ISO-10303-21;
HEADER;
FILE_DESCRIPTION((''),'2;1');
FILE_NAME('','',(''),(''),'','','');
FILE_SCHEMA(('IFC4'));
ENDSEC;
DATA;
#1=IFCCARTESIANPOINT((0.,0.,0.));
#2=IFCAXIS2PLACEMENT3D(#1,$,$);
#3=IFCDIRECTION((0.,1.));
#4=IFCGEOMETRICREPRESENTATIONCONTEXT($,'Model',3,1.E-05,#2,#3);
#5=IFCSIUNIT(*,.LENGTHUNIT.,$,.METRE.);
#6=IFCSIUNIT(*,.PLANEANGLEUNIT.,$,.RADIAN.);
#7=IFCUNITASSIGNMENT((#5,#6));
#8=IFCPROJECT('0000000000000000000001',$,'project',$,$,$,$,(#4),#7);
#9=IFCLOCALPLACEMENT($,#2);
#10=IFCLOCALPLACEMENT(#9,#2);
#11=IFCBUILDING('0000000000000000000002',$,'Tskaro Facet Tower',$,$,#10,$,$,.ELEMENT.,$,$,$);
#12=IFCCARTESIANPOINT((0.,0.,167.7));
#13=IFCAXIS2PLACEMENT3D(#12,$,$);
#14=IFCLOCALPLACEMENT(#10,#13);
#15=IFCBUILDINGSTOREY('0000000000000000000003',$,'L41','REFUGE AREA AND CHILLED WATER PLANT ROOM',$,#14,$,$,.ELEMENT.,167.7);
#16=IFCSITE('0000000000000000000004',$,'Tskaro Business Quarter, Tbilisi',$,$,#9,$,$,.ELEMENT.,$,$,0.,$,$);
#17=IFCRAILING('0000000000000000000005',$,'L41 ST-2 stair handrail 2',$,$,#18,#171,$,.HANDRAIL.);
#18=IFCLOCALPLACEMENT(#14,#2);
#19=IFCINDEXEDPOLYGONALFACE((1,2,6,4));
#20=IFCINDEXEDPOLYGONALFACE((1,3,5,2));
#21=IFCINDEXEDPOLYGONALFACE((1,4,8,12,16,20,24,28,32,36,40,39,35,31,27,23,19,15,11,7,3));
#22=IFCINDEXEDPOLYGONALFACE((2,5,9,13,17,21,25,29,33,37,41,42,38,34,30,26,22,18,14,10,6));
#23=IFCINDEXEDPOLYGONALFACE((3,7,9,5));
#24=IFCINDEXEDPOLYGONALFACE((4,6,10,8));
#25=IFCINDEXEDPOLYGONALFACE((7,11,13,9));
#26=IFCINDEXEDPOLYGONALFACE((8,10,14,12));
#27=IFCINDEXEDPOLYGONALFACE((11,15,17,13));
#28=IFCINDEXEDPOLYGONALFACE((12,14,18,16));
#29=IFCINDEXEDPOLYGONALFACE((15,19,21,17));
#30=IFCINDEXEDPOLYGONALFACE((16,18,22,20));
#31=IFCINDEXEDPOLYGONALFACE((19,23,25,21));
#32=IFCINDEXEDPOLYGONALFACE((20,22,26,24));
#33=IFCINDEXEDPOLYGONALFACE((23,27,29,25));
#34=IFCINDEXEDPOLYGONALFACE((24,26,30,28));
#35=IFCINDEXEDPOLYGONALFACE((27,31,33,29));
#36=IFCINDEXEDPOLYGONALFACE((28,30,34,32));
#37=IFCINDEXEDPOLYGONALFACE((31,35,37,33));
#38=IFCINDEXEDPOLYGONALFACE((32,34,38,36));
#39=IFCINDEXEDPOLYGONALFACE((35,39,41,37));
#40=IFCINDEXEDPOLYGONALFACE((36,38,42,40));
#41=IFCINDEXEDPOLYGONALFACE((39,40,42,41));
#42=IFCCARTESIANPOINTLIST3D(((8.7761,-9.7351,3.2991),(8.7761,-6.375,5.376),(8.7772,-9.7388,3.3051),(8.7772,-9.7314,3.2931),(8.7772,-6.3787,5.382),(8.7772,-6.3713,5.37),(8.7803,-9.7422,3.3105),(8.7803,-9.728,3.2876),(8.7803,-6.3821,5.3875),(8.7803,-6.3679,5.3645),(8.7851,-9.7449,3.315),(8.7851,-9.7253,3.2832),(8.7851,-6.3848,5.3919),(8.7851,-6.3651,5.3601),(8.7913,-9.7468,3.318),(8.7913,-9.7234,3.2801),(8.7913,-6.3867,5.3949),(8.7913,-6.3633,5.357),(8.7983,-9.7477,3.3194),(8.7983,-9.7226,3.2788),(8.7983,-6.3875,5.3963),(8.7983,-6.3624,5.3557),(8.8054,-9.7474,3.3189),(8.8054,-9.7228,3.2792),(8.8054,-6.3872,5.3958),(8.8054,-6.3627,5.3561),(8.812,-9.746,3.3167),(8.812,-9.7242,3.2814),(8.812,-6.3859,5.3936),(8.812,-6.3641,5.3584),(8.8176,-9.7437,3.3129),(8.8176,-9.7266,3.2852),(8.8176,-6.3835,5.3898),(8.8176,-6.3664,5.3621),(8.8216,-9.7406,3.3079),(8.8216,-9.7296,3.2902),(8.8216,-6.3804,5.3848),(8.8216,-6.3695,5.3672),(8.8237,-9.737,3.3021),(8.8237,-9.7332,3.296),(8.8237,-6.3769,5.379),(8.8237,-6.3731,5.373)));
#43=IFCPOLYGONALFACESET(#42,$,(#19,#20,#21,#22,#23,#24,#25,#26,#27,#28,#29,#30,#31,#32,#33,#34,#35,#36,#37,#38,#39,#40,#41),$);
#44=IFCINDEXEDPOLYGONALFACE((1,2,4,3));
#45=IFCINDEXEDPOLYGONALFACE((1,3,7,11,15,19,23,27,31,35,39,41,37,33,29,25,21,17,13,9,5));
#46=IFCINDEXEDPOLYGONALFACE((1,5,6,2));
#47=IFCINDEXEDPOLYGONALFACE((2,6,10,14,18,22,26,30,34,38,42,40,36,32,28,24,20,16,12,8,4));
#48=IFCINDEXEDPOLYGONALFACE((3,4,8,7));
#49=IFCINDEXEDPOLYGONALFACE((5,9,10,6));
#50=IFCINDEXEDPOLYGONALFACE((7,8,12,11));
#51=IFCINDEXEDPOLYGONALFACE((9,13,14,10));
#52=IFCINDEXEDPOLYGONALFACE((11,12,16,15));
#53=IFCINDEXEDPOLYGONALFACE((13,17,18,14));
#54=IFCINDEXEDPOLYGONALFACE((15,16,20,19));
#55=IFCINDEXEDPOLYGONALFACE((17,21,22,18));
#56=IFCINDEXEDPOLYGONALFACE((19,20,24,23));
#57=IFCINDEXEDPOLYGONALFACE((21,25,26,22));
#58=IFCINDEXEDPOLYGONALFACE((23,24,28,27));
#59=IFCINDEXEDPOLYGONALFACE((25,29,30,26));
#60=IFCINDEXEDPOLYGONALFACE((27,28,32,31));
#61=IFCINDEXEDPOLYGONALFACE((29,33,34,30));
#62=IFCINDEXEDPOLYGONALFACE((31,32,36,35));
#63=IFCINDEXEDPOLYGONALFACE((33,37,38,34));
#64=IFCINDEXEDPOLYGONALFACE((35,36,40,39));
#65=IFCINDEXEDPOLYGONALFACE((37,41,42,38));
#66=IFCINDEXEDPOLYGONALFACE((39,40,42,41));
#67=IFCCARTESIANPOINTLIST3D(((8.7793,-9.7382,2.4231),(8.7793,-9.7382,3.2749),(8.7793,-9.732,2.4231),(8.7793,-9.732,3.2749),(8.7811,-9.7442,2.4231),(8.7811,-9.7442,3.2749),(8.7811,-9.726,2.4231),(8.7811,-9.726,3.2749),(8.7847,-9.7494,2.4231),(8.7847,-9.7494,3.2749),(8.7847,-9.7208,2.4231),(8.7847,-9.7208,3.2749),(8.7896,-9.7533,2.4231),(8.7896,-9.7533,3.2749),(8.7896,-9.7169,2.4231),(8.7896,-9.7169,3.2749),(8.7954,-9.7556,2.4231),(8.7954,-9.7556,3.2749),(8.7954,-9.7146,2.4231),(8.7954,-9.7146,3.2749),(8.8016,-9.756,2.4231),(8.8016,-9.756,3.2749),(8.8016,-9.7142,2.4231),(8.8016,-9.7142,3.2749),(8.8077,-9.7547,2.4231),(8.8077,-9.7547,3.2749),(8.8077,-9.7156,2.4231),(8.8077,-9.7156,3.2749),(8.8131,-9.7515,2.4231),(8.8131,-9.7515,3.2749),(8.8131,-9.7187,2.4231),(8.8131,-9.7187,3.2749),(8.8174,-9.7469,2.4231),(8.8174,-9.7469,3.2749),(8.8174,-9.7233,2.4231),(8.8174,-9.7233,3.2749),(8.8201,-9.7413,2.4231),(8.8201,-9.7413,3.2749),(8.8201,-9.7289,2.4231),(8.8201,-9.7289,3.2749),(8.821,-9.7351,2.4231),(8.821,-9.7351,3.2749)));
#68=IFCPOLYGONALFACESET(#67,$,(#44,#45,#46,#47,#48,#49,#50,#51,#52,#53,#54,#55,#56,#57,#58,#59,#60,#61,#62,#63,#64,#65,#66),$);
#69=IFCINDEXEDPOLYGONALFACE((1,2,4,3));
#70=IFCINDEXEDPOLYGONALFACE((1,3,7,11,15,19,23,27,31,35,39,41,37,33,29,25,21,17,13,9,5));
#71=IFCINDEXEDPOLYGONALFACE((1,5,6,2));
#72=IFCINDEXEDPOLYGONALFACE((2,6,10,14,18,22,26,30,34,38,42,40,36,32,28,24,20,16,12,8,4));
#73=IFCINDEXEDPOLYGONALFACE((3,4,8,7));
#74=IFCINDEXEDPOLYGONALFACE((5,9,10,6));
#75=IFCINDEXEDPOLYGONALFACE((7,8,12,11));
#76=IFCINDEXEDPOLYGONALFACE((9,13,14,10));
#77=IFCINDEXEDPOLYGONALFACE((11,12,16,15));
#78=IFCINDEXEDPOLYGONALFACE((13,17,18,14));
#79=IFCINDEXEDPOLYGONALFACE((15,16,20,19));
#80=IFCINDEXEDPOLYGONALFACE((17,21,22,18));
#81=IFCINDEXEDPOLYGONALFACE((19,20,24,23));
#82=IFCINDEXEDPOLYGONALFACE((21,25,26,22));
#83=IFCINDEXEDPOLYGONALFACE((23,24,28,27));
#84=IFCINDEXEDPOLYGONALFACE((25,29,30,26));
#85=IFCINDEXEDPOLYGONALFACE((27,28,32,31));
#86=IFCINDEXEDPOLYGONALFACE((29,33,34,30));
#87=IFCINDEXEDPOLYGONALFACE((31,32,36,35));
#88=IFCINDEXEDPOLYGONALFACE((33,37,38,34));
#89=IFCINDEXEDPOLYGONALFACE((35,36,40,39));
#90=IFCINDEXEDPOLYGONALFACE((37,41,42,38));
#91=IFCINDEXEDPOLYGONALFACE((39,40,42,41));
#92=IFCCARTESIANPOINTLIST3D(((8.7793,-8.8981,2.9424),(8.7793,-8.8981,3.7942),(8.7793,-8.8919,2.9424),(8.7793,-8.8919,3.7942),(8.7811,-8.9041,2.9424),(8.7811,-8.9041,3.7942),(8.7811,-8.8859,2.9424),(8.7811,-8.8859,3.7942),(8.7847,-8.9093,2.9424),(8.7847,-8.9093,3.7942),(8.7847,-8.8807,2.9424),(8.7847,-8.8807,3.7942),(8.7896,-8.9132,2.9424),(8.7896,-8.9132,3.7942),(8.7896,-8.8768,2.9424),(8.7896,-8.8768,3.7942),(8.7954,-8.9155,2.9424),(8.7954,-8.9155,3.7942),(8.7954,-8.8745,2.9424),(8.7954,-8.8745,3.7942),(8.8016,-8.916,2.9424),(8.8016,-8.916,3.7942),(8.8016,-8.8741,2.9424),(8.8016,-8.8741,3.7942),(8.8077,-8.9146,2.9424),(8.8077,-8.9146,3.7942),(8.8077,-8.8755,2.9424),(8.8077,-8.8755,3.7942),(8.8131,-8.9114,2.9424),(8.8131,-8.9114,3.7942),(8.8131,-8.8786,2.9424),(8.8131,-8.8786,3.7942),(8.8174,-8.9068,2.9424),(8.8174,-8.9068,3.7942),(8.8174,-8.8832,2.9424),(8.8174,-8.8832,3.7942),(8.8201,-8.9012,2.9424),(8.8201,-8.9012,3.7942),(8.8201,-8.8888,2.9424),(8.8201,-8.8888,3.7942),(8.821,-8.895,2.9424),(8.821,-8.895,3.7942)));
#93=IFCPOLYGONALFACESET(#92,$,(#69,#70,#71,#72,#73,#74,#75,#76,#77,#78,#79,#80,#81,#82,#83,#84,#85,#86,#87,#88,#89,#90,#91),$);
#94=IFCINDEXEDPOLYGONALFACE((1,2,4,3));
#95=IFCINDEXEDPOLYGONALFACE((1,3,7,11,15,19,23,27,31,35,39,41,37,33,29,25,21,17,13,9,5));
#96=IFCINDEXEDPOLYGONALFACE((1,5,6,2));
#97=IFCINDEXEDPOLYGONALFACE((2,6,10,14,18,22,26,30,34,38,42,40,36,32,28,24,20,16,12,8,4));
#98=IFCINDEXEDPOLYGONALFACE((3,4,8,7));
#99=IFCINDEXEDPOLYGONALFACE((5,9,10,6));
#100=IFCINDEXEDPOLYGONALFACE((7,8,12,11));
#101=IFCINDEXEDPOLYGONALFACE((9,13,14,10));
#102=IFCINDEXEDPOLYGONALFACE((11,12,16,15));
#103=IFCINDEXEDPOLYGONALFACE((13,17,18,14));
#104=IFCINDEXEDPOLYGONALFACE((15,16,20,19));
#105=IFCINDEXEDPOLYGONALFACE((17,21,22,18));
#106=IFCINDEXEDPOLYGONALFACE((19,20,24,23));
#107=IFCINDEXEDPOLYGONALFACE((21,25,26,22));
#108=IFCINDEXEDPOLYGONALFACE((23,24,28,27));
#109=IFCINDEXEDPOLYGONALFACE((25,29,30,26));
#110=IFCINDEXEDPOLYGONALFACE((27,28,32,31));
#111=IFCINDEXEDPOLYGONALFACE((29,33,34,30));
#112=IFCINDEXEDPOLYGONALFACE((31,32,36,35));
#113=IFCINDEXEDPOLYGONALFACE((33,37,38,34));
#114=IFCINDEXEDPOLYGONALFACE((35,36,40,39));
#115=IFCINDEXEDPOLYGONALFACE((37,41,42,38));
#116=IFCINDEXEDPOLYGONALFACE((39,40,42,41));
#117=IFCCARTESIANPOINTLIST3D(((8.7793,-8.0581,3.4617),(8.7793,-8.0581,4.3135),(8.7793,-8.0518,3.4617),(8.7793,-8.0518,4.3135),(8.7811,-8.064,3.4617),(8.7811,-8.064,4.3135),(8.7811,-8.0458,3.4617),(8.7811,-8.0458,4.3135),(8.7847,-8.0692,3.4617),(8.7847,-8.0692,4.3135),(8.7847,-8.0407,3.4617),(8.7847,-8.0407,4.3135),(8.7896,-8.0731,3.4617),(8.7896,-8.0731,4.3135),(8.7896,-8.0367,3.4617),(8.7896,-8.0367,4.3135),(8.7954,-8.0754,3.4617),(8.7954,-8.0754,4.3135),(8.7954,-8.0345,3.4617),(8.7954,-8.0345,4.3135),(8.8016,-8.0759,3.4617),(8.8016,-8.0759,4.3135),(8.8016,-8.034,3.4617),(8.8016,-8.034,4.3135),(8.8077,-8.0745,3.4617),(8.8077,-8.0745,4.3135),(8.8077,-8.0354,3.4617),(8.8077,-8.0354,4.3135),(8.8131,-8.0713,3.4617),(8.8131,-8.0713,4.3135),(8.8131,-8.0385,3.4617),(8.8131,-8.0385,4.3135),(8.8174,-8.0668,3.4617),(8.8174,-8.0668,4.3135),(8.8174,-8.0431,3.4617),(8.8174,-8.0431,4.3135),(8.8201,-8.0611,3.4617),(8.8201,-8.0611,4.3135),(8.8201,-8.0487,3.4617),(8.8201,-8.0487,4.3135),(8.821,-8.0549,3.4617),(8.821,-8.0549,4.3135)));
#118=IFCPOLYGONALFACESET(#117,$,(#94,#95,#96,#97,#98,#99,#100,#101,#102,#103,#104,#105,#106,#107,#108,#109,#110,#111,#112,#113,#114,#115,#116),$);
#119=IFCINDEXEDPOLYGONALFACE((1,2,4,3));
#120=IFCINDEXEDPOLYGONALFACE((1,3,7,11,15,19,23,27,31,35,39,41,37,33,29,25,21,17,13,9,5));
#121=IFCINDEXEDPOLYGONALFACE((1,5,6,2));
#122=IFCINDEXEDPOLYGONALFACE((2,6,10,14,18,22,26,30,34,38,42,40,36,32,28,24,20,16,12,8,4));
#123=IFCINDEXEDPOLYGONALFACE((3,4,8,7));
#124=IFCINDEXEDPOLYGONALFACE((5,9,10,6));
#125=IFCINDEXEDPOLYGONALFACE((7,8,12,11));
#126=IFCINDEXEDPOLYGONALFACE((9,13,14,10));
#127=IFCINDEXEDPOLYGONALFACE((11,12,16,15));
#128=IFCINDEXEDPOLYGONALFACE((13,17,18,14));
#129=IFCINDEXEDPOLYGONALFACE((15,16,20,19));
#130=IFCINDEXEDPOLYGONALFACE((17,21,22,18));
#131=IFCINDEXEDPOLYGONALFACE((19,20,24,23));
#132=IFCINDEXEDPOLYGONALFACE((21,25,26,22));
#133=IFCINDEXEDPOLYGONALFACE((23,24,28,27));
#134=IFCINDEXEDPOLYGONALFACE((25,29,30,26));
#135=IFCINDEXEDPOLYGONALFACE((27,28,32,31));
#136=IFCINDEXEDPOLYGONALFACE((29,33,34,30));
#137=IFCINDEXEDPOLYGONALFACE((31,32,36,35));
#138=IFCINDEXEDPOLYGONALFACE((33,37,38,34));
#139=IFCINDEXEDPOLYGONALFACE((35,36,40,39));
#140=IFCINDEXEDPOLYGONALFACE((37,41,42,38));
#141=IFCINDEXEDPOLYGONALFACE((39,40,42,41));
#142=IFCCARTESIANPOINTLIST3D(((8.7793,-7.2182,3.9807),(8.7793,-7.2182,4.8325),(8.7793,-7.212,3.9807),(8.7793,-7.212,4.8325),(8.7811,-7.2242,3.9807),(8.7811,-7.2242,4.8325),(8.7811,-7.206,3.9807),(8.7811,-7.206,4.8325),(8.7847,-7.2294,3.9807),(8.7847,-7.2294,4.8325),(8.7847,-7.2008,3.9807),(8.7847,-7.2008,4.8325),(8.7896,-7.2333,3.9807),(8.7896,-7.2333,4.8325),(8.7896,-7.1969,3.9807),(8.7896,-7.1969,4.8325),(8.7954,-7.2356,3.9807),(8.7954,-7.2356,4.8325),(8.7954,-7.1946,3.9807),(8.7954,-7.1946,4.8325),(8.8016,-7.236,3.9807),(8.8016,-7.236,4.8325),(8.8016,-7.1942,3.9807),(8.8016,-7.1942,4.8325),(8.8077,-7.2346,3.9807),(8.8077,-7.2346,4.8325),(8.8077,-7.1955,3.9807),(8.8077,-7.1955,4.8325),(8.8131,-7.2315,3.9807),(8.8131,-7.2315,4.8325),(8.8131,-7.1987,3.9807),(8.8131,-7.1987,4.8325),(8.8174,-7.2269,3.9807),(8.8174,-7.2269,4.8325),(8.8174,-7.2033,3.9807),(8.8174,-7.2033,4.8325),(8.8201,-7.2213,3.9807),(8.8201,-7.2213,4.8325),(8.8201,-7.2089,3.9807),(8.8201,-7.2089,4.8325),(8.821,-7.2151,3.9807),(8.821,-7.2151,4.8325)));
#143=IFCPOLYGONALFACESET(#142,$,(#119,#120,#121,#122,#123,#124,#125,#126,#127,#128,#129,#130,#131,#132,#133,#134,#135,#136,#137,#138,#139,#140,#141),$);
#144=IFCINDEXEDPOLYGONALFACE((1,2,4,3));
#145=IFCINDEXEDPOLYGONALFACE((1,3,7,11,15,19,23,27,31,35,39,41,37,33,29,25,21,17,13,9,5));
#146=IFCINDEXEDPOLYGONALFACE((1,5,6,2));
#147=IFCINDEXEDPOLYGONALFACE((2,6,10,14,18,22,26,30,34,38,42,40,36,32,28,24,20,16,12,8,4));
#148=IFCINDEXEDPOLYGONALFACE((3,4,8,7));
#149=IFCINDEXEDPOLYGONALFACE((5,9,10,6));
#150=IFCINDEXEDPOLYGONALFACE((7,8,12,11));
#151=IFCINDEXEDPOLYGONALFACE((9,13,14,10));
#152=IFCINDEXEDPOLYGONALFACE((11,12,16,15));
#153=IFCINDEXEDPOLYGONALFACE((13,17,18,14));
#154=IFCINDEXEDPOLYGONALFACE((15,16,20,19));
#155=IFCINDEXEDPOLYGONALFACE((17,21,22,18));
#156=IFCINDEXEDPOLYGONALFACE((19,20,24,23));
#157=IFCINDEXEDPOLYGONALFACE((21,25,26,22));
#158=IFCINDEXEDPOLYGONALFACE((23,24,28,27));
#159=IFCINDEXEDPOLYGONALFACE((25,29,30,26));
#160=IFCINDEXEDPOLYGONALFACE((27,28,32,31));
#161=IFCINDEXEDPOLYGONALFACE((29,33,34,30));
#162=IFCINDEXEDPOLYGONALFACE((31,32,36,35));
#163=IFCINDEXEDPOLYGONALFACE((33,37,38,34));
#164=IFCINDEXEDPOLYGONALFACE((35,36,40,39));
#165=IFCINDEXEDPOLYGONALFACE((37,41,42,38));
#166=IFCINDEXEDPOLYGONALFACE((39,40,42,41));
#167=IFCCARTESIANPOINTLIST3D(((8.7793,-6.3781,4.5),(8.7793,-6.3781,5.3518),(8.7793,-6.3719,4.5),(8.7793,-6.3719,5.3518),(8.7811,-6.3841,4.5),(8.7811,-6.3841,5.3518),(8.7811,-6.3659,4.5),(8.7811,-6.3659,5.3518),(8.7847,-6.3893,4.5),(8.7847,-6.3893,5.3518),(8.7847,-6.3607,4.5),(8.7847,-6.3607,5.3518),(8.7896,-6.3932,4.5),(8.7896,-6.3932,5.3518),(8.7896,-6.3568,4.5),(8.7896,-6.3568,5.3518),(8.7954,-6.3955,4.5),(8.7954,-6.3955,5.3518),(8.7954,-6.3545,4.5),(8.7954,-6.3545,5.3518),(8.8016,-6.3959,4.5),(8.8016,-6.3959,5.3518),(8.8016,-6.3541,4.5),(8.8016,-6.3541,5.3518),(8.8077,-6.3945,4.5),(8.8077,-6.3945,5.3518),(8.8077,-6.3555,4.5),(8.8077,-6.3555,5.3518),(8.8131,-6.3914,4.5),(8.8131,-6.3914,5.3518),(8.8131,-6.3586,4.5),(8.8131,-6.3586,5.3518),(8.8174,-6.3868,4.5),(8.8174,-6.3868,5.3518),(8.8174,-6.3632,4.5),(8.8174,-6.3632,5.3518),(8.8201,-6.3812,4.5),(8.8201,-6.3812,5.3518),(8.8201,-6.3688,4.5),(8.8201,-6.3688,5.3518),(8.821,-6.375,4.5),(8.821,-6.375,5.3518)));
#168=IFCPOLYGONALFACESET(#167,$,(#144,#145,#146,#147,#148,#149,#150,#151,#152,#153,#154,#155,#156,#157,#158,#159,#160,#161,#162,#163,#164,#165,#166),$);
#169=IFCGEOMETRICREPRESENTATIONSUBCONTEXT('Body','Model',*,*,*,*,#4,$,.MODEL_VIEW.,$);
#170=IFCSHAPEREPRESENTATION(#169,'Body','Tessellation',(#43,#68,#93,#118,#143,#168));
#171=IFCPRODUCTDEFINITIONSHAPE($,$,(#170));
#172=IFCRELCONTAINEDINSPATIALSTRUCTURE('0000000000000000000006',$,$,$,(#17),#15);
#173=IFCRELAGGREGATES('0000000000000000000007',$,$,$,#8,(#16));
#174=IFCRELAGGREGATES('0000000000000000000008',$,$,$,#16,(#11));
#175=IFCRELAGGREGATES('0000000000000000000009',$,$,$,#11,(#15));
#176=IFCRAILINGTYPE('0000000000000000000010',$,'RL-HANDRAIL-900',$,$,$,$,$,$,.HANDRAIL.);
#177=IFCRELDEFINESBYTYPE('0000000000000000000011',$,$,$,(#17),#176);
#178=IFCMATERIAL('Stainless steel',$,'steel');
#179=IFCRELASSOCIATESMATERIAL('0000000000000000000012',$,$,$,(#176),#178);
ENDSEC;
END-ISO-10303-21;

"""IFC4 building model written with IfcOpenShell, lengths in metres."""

from ifc_helpers import new_model, si_unit, direction, frame, origin, origin_2d, place, context, subcontext, project, spatial, circle, extrude, material, type_object, element, save


model = new_model("IFC4")

# Units and contexts
model_context = context("Model", 3, precision=1e-05, world=origin(), true_north=direction((0.0, 1.0)))
body_context = subcontext(model_context, "Body", "Model", "MODEL_VIEW")
ifc_project = project(units=[si_unit("LENGTHUNIT", "METRE"), si_unit("PLANEANGLEUNIT", "RADIAN")], contexts=[model_context])

# Site, building, storey
site_placement = place(None, origin())
site = spatial("IfcSite", under=ifc_project, at=site_placement, Name="Tskaro Business Quarter, Tbilisi", CompositionType="ELEMENT", RefElevation=0.0)
building_placement = place(site_placement, origin())
building = spatial("IfcBuilding", under=site, at=building_placement, Name="Tskaro Facet Tower", CompositionType="ELEMENT")
storey_placement = place(building_placement, frame((0.0, 0.0, 167.7)))
storey = spatial("IfcBuildingStorey", under=building, at=storey_placement, Name="L41", Description="REFUGE AREA AND CHILLED WATER PLANT ROOM", CompositionType="ELEMENT", Elevation=167.7)

# Railing
ifc_material_1 = material(Name="Stainless steel", Category="steel")
railing_type = type_object("IfcRailingType", Name="RL-HANDRAIL-900", PredefinedType="HANDRAIL", material=ifc_material_1)
railing_placement = place(storey_placement, frame((8.8, -9.7351, 2.4231)))
element("IfcRailing", 1, at=railing_placement, inside=storey, type_object=railing_type, Name="L41 ST-2 stair handrail 2", PredefinedType="HANDRAIL", context=body_context, shape_type="SweptSolid", body=[
    extrude(circle(Radius=0.0239, at=origin_2d()), frame((0.0, 0.0, 0.876), z_axis=(0.0, 0.850623, 0.525776), x_axis=(-1.0, 0.0, 0.0)), (0.0, 0.0, 1.0), 3.9502),
    extrude(circle(Radius=0.021, at=origin_2d()), origin(), (0.0, 0.0, 1.0), 0.8518),
    extrude(circle(Radius=0.021, at=origin_2d()), frame((0.0, 0.8401, 0.5193)), (0.0, 0.0, 1.0), 0.8518),
    extrude(circle(Radius=0.021, at=origin_2d()), frame((0.0, 1.6802, 1.0386)), (0.0, 0.0, 1.0), 0.8518),
    extrude(circle(Radius=0.021, at=origin_2d()), frame((0.0, 2.52, 1.5576)), (0.0, 0.0, 1.0), 0.8518),
    extrude(circle(Radius=0.021, at=origin_2d()), frame((0.0, 3.3601, 2.0769)), (0.0, 0.0, 1.0), 0.8518),
])

save(model, "model.ifc")
